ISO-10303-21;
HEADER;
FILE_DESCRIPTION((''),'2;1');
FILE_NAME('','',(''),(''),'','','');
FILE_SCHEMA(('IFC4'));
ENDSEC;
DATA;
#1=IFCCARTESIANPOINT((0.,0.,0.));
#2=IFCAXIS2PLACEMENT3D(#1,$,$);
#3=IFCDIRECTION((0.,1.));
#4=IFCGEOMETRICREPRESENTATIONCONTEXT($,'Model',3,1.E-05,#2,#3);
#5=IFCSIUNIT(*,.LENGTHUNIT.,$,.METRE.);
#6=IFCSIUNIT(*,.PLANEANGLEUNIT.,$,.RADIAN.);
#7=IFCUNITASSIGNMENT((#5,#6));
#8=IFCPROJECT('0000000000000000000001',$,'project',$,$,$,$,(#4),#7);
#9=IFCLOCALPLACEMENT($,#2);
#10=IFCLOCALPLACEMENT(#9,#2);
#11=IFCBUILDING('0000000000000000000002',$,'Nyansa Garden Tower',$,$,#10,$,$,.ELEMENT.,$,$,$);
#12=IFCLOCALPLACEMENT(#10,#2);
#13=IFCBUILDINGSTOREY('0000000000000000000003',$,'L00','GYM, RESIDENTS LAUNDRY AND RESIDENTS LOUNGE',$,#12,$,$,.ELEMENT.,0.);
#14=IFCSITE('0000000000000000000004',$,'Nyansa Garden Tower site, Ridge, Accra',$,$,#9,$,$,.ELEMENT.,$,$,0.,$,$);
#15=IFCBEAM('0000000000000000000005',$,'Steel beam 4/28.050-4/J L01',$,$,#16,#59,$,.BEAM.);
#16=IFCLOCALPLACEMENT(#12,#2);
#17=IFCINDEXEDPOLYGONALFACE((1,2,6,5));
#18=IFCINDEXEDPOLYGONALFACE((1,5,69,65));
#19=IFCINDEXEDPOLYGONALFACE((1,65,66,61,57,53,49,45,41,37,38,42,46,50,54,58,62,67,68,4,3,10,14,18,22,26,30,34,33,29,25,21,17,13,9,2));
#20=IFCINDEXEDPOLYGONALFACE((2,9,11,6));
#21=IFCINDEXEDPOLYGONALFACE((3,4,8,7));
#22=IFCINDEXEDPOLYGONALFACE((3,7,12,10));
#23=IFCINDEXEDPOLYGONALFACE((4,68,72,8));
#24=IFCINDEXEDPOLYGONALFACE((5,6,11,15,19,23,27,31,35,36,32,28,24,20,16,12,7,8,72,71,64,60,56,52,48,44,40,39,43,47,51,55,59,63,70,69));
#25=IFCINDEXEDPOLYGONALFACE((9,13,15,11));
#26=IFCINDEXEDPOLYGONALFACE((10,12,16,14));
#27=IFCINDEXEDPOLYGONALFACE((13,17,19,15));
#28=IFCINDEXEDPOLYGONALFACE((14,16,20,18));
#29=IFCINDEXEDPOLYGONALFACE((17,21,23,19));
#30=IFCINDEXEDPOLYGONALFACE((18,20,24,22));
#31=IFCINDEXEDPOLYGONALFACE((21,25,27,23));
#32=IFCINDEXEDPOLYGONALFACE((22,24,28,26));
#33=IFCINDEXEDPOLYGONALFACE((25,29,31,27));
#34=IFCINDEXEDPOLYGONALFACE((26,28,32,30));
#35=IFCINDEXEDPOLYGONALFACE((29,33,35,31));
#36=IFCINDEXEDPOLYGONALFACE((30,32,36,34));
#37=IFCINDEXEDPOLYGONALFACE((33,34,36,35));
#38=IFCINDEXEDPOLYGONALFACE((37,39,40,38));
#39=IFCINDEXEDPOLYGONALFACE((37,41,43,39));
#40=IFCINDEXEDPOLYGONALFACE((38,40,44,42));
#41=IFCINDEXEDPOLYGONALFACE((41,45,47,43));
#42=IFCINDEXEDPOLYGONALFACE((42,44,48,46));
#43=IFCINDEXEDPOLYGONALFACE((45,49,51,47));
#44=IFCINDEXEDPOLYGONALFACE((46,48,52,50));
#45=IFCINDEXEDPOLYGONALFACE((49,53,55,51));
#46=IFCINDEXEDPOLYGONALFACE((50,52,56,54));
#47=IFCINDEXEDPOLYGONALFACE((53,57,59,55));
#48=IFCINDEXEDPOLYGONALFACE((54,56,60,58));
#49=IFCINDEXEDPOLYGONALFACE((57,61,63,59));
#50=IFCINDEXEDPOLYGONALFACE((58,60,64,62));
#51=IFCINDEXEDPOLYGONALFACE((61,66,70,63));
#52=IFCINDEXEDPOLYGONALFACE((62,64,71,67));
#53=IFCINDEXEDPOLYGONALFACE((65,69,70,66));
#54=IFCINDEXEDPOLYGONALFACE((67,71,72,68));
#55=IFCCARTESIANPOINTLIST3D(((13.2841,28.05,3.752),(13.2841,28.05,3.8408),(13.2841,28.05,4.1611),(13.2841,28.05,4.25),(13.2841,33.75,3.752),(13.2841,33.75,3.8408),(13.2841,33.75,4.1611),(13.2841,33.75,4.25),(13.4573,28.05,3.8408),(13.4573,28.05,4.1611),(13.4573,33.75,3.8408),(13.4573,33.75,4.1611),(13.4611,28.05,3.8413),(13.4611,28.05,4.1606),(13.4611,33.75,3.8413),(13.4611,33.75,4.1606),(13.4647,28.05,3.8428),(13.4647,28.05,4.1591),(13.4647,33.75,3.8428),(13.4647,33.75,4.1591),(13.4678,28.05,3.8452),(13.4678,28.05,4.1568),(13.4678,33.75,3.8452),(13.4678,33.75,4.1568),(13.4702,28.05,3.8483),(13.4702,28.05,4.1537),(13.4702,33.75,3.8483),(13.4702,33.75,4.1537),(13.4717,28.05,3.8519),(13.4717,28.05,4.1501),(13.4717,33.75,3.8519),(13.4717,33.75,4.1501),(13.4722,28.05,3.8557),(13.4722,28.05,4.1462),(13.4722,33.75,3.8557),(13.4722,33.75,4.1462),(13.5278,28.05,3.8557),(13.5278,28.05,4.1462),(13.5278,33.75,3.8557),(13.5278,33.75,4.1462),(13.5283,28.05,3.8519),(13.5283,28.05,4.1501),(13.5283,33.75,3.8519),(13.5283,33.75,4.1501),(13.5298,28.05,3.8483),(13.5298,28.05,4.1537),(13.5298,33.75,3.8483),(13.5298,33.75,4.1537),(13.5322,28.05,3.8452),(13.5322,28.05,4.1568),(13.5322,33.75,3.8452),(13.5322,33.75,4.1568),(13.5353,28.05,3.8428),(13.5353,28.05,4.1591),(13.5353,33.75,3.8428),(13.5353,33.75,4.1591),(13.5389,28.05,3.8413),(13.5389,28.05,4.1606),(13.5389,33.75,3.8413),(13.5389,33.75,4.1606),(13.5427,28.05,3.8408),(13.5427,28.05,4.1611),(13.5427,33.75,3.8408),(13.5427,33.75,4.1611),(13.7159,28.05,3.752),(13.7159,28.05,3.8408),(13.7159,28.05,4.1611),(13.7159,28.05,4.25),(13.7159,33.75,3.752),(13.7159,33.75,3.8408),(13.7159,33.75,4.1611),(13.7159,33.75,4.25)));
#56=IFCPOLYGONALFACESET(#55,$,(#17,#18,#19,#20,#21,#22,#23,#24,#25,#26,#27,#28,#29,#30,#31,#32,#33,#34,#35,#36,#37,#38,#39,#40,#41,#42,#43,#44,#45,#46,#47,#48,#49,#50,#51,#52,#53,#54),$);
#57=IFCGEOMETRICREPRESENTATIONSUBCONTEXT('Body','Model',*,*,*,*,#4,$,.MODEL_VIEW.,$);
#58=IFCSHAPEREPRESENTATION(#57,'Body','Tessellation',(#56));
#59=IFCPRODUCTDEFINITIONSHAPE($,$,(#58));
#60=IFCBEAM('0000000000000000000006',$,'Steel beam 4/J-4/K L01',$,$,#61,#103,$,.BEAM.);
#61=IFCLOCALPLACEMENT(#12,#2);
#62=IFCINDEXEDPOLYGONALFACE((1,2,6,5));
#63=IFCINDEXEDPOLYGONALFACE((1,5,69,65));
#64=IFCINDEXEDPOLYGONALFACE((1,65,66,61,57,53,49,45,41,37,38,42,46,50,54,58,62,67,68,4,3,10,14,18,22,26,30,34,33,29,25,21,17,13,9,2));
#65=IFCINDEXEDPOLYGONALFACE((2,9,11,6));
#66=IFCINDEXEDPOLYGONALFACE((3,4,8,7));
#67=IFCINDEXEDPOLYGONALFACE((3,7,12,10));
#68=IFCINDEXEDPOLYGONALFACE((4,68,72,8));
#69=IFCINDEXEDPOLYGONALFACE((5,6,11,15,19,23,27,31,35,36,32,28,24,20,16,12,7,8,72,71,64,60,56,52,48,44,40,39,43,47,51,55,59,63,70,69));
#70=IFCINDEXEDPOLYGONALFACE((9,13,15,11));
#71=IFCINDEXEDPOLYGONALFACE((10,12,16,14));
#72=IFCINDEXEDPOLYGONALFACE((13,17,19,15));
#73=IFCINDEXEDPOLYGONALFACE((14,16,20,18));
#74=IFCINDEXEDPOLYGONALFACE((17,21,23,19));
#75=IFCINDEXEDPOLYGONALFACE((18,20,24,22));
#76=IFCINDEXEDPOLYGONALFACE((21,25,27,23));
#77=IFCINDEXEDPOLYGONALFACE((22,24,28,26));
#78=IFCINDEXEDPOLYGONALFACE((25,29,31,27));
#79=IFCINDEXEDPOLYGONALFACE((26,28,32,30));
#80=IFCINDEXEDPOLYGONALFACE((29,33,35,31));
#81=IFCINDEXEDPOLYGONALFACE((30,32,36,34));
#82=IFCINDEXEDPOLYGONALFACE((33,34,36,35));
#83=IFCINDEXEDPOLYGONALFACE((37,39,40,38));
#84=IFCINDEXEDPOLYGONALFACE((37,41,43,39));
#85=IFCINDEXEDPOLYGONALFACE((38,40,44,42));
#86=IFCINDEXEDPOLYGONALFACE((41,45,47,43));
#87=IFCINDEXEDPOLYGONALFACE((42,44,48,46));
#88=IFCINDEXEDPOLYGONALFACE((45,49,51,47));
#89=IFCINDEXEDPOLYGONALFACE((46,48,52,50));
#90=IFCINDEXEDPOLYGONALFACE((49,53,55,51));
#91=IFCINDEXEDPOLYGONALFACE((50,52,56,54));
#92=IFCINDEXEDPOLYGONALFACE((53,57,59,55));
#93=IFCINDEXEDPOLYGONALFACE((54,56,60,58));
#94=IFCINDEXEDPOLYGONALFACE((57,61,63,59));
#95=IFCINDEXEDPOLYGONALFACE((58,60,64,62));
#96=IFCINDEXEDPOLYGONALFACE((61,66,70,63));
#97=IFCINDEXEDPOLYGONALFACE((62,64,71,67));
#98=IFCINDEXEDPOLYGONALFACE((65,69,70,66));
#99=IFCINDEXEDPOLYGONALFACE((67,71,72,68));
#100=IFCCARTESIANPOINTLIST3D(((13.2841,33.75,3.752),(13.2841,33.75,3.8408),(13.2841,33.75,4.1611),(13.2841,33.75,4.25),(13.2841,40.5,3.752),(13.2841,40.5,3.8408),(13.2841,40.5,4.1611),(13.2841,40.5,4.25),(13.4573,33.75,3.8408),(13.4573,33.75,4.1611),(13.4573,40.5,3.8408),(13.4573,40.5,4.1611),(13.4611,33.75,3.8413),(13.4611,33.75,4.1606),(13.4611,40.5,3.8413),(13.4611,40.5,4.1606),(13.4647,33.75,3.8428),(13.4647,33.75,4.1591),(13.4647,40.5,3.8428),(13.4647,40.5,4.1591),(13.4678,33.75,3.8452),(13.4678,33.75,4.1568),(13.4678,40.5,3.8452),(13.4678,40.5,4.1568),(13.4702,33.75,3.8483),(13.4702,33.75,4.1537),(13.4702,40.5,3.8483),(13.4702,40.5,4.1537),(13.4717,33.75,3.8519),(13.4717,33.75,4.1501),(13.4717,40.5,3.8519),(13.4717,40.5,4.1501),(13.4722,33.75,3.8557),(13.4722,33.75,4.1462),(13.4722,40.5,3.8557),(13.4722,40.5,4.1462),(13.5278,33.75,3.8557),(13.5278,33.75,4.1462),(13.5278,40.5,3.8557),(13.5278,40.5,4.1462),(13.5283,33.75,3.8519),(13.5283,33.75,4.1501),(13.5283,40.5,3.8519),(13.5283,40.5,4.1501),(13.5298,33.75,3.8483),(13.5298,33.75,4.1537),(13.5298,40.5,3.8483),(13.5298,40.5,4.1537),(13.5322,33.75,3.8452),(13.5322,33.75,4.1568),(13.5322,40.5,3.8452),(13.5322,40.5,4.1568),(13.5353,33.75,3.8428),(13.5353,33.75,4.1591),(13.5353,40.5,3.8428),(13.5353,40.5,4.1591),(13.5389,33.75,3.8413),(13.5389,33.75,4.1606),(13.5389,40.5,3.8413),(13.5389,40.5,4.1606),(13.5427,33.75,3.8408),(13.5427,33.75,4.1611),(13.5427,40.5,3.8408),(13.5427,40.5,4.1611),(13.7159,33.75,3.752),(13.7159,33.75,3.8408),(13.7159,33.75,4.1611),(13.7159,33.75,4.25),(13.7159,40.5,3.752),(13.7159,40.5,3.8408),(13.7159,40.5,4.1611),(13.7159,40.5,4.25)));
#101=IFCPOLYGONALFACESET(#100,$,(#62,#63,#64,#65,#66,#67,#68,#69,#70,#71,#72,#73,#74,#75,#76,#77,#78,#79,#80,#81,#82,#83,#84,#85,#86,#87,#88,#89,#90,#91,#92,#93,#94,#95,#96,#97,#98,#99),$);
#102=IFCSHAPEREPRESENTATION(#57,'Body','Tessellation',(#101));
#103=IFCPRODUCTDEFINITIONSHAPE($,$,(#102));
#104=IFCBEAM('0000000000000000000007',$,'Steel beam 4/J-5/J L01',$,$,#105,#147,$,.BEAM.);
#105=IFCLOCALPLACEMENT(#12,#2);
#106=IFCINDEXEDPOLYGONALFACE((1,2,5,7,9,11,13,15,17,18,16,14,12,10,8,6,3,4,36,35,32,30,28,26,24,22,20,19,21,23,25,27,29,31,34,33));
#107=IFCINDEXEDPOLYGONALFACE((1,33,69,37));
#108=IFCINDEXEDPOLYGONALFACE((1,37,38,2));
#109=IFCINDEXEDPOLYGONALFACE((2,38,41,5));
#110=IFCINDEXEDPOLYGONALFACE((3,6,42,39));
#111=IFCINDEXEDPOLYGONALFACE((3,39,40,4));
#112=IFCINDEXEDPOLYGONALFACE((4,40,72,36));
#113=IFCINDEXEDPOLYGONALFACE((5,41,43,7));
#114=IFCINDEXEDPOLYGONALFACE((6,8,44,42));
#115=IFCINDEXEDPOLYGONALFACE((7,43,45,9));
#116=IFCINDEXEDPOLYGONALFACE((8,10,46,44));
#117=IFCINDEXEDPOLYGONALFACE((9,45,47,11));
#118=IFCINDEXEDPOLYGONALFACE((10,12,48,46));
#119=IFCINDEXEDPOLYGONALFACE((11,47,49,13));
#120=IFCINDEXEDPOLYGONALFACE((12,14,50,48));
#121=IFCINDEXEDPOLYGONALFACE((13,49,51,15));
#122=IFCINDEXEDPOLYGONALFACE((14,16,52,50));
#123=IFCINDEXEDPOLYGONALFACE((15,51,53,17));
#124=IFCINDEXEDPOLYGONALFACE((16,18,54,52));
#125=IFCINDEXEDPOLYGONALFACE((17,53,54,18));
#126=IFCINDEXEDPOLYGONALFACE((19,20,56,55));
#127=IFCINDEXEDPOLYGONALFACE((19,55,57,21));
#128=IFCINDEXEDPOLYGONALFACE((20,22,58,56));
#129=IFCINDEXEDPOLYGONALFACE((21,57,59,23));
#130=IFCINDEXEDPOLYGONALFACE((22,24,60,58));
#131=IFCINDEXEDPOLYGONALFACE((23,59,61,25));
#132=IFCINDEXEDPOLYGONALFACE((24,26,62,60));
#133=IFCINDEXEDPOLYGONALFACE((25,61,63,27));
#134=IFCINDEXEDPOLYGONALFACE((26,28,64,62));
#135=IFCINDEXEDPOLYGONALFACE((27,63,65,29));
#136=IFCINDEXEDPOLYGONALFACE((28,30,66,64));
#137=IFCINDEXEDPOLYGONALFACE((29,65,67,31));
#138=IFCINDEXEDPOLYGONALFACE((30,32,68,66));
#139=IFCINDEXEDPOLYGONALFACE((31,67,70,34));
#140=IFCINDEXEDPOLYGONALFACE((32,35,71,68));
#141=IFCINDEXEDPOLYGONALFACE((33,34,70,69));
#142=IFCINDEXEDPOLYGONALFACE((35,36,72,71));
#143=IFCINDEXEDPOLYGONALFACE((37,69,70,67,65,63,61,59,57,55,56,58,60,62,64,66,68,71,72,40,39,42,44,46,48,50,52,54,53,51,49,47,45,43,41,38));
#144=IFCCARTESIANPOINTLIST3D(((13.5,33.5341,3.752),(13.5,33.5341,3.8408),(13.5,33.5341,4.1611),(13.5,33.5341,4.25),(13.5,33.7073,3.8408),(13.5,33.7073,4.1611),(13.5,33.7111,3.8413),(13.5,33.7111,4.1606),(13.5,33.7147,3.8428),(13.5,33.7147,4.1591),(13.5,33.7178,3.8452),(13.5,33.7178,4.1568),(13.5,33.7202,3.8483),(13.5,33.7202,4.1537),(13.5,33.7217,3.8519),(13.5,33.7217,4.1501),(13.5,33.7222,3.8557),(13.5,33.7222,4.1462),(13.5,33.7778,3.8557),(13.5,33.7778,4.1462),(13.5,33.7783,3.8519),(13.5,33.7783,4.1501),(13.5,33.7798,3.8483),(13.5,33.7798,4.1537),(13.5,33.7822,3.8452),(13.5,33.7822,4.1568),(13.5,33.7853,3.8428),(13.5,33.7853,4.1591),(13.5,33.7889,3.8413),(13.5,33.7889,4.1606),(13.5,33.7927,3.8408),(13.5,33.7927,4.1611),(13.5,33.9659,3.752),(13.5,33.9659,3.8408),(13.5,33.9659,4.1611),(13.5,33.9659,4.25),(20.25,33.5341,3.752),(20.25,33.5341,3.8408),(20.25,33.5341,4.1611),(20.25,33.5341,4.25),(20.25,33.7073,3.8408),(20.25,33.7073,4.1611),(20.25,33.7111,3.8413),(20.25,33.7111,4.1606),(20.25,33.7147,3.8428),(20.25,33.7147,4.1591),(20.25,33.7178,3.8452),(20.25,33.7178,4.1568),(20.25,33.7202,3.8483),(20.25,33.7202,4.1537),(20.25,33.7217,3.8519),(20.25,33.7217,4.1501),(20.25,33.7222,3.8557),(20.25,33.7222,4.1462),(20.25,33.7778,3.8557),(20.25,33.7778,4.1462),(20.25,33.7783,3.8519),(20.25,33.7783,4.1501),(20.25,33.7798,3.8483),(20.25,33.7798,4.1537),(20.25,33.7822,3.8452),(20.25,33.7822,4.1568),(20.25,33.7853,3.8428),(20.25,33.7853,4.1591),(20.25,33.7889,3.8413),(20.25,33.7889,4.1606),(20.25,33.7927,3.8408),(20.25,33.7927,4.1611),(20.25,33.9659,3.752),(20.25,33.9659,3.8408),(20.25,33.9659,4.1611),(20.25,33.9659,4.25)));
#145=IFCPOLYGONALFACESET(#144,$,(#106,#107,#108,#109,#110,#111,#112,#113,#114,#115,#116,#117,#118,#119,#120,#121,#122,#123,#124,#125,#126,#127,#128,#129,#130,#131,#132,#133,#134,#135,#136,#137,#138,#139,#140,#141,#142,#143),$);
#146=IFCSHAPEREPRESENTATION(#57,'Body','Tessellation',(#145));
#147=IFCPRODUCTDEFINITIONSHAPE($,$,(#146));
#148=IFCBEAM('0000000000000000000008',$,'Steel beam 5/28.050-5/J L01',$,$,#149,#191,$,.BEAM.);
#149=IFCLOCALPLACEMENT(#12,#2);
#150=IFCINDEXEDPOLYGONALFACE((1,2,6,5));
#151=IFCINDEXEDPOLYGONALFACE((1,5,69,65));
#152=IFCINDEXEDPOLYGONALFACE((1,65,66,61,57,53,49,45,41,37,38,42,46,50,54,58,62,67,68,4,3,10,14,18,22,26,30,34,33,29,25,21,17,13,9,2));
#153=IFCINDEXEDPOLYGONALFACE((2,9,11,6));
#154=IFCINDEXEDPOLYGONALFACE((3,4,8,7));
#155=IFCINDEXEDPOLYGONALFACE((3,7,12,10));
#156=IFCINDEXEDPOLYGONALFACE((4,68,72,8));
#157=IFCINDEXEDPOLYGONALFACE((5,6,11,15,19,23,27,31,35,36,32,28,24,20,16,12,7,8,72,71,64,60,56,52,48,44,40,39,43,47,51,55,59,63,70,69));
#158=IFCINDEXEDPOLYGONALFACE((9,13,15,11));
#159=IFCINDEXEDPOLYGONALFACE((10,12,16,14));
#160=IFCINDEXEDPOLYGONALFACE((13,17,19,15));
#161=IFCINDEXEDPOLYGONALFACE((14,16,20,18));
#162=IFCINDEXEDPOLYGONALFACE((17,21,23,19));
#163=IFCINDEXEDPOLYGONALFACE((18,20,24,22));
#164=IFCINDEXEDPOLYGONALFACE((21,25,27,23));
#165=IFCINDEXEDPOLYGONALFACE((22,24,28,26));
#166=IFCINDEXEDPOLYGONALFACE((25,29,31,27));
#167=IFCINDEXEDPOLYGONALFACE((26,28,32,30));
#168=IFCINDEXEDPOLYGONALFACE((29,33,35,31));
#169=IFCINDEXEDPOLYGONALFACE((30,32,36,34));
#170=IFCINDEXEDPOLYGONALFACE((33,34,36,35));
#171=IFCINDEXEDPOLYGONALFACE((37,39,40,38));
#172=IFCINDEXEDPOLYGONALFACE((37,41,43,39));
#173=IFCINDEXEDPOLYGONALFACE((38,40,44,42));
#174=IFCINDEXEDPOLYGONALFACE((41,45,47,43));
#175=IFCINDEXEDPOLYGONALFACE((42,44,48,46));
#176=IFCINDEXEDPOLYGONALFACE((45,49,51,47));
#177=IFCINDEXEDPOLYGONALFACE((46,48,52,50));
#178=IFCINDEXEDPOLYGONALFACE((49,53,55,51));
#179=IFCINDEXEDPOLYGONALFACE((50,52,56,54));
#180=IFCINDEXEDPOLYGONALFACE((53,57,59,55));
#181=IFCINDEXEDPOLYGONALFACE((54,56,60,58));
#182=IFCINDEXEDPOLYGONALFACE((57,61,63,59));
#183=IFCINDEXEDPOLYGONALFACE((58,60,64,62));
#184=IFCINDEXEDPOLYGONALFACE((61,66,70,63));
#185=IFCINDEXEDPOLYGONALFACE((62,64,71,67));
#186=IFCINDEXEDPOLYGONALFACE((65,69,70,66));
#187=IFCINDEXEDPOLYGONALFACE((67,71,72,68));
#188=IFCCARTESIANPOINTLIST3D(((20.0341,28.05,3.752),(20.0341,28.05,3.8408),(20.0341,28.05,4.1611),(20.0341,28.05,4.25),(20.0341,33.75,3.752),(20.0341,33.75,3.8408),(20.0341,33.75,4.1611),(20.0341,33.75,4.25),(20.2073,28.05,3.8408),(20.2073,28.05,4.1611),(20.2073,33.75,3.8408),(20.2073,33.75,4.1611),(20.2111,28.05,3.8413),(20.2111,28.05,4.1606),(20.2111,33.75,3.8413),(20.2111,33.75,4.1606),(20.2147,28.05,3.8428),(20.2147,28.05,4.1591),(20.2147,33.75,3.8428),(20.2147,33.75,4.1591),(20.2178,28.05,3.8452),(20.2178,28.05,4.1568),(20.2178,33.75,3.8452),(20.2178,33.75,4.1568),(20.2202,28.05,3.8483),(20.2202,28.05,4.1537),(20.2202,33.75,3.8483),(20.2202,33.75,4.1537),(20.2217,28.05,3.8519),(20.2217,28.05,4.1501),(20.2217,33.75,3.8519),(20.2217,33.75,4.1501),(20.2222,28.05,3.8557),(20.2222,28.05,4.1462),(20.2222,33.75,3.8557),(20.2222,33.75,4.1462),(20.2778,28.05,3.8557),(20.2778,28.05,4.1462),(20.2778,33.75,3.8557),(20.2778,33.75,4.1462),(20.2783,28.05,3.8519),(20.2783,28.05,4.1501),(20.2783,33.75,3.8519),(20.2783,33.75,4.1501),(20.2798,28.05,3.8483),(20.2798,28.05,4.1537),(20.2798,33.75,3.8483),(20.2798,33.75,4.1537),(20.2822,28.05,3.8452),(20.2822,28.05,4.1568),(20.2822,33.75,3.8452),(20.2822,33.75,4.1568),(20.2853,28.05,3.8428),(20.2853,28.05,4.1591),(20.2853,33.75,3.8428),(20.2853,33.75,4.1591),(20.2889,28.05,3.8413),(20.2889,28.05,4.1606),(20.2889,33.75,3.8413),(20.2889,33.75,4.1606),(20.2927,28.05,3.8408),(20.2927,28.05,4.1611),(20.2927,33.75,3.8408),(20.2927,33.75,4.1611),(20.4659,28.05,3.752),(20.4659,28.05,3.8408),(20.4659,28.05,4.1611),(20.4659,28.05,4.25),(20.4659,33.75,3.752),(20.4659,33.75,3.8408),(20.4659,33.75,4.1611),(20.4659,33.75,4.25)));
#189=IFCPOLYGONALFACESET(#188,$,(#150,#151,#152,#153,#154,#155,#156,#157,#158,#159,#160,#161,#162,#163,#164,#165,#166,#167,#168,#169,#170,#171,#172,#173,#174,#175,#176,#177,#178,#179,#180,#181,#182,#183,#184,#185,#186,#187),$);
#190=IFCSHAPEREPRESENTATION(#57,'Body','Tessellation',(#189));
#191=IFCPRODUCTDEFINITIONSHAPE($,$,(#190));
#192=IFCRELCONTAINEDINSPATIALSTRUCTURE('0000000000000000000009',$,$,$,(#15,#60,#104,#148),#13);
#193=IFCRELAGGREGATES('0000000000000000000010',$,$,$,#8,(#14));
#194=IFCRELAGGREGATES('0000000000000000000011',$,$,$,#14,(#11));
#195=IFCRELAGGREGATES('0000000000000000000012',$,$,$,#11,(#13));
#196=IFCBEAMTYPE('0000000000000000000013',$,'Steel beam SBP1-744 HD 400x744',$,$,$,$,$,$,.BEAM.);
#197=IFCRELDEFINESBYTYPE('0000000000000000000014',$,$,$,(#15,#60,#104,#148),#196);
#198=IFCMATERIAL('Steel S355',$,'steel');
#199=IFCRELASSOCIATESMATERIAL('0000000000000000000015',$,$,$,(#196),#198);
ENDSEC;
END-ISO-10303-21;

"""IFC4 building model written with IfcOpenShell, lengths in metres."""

from ifc_helpers import new_model, si_unit, direction, frame, origin, origin_2d, place, context, subcontext, project, spatial, i_section, extrude, material, material_profile, profile_set, type_object, element, save


model = new_model("IFC4")

# Units and contexts
model_context = context("Model", 3, precision=1e-05, world=origin(), true_north=direction((0.0, 1.0)))
body_context = subcontext(model_context, "Body", "Model", "MODEL_VIEW")
ifc_project = project(units=[si_unit("LENGTHUNIT", "METRE"), si_unit("PLANEANGLEUNIT", "RADIAN")], contexts=[model_context])

# Site, building, storey
site_placement = place(None, origin())
site = spatial("IfcSite", under=ifc_project, at=site_placement, Name="Nyansa Garden Tower site, Ridge, Accra", CompositionType="ELEMENT", RefElevation=0.0)
building_placement = place(site_placement, origin())
building = spatial("IfcBuilding", under=site, at=building_placement, Name="Nyansa Garden Tower", CompositionType="ELEMENT")
storey_placement = place(building_placement, origin())
storey = spatial("IfcBuildingStorey", under=building, at=storey_placement, Name="L00", Description="GYM, RESIDENTS LAUNDRY AND RESIDENTS LOUNGE", CompositionType="ELEMENT", Elevation=0.0)

# Beams
ifc_material_1 = material(Name="Steel S355", Category="steel")
ifc_material_profile_1 = material_profile(ifc_material_1, i_section(OverallWidth=0.4319, OverallDepth=0.498, WebThickness=0.0557, FlangeThickness=0.0889, FilletRadius=0.0149, at=origin_2d()), Name="HD 400x744")
ifc_profile_set_1 = profile_set([ifc_material_profile_1], Name="Steel S355")
beam_type_1 = type_object("IfcBeamType", Name="Steel beam SBP1-744 HD 400x744", PredefinedType="BEAM", material=ifc_profile_set_1)
beam_1_placement = place(storey_placement, frame((13.5, 28.05, 4.001), z_axis=(0.0, 1.0, 0.0), x_axis=(-1.0, 0.0, 0.0)))
element("IfcBeam", 1, at=beam_1_placement, inside=storey, type_object=beam_type_1, Name="Steel beam 4/28.050-4/J L01", PredefinedType="BEAM", context=body_context, shape_type="SweptSolid", body=[
    extrude(i_section(OverallWidth=0.4319, OverallDepth=0.498, WebThickness=0.0557, FlangeThickness=0.0889, FilletRadius=0.0149, at=origin_2d()), origin(), (0.0, 0.0, 1.0), 5.7),
])
for number, where, z_axis, x_axis, name in (
    (2, (13.5, 33.75, 4.001), (0.0, 1.0, 0.0), (-1.0, 0.0, 0.0), "Steel beam 4/J-4/K L01"),
    (3, (13.5, 33.75, 4.001), (1.0, 0.0, 0.0), (0.0, 1.0, 0.0), "Steel beam 4/J-5/J L01"),
):
    element("IfcBeam", number, at=place(storey_placement, frame(where, z_axis=z_axis, x_axis=x_axis)), inside=storey, type_object=beam_type_1, Name=name, PredefinedType="BEAM", context=body_context, shape_type="SweptSolid", body=[
        extrude(i_section(OverallWidth=0.4319, OverallDepth=0.498, WebThickness=0.0557, FlangeThickness=0.0889, FilletRadius=0.0149, at=origin_2d()), origin(), (0.0, 0.0, 1.0), 6.75),
    ])
beam_2_placement = place(storey_placement, frame((20.25, 28.05, 4.001), z_axis=(0.0, 1.0, 0.0), x_axis=(-1.0, 0.0, 0.0)))
element("IfcBeam", 4, at=beam_2_placement, inside=storey, type_object=beam_type_1, Name="Steel beam 5/28.050-5/J L01", PredefinedType="BEAM", context=body_context, shape_type="SweptSolid", body=[
    extrude(i_section(OverallWidth=0.4319, OverallDepth=0.498, WebThickness=0.0557, FlangeThickness=0.0889, FilletRadius=0.0149, at=origin_2d()), origin(), (0.0, 0.0, 1.0), 5.7),
])

save(model, "model.ifc")
